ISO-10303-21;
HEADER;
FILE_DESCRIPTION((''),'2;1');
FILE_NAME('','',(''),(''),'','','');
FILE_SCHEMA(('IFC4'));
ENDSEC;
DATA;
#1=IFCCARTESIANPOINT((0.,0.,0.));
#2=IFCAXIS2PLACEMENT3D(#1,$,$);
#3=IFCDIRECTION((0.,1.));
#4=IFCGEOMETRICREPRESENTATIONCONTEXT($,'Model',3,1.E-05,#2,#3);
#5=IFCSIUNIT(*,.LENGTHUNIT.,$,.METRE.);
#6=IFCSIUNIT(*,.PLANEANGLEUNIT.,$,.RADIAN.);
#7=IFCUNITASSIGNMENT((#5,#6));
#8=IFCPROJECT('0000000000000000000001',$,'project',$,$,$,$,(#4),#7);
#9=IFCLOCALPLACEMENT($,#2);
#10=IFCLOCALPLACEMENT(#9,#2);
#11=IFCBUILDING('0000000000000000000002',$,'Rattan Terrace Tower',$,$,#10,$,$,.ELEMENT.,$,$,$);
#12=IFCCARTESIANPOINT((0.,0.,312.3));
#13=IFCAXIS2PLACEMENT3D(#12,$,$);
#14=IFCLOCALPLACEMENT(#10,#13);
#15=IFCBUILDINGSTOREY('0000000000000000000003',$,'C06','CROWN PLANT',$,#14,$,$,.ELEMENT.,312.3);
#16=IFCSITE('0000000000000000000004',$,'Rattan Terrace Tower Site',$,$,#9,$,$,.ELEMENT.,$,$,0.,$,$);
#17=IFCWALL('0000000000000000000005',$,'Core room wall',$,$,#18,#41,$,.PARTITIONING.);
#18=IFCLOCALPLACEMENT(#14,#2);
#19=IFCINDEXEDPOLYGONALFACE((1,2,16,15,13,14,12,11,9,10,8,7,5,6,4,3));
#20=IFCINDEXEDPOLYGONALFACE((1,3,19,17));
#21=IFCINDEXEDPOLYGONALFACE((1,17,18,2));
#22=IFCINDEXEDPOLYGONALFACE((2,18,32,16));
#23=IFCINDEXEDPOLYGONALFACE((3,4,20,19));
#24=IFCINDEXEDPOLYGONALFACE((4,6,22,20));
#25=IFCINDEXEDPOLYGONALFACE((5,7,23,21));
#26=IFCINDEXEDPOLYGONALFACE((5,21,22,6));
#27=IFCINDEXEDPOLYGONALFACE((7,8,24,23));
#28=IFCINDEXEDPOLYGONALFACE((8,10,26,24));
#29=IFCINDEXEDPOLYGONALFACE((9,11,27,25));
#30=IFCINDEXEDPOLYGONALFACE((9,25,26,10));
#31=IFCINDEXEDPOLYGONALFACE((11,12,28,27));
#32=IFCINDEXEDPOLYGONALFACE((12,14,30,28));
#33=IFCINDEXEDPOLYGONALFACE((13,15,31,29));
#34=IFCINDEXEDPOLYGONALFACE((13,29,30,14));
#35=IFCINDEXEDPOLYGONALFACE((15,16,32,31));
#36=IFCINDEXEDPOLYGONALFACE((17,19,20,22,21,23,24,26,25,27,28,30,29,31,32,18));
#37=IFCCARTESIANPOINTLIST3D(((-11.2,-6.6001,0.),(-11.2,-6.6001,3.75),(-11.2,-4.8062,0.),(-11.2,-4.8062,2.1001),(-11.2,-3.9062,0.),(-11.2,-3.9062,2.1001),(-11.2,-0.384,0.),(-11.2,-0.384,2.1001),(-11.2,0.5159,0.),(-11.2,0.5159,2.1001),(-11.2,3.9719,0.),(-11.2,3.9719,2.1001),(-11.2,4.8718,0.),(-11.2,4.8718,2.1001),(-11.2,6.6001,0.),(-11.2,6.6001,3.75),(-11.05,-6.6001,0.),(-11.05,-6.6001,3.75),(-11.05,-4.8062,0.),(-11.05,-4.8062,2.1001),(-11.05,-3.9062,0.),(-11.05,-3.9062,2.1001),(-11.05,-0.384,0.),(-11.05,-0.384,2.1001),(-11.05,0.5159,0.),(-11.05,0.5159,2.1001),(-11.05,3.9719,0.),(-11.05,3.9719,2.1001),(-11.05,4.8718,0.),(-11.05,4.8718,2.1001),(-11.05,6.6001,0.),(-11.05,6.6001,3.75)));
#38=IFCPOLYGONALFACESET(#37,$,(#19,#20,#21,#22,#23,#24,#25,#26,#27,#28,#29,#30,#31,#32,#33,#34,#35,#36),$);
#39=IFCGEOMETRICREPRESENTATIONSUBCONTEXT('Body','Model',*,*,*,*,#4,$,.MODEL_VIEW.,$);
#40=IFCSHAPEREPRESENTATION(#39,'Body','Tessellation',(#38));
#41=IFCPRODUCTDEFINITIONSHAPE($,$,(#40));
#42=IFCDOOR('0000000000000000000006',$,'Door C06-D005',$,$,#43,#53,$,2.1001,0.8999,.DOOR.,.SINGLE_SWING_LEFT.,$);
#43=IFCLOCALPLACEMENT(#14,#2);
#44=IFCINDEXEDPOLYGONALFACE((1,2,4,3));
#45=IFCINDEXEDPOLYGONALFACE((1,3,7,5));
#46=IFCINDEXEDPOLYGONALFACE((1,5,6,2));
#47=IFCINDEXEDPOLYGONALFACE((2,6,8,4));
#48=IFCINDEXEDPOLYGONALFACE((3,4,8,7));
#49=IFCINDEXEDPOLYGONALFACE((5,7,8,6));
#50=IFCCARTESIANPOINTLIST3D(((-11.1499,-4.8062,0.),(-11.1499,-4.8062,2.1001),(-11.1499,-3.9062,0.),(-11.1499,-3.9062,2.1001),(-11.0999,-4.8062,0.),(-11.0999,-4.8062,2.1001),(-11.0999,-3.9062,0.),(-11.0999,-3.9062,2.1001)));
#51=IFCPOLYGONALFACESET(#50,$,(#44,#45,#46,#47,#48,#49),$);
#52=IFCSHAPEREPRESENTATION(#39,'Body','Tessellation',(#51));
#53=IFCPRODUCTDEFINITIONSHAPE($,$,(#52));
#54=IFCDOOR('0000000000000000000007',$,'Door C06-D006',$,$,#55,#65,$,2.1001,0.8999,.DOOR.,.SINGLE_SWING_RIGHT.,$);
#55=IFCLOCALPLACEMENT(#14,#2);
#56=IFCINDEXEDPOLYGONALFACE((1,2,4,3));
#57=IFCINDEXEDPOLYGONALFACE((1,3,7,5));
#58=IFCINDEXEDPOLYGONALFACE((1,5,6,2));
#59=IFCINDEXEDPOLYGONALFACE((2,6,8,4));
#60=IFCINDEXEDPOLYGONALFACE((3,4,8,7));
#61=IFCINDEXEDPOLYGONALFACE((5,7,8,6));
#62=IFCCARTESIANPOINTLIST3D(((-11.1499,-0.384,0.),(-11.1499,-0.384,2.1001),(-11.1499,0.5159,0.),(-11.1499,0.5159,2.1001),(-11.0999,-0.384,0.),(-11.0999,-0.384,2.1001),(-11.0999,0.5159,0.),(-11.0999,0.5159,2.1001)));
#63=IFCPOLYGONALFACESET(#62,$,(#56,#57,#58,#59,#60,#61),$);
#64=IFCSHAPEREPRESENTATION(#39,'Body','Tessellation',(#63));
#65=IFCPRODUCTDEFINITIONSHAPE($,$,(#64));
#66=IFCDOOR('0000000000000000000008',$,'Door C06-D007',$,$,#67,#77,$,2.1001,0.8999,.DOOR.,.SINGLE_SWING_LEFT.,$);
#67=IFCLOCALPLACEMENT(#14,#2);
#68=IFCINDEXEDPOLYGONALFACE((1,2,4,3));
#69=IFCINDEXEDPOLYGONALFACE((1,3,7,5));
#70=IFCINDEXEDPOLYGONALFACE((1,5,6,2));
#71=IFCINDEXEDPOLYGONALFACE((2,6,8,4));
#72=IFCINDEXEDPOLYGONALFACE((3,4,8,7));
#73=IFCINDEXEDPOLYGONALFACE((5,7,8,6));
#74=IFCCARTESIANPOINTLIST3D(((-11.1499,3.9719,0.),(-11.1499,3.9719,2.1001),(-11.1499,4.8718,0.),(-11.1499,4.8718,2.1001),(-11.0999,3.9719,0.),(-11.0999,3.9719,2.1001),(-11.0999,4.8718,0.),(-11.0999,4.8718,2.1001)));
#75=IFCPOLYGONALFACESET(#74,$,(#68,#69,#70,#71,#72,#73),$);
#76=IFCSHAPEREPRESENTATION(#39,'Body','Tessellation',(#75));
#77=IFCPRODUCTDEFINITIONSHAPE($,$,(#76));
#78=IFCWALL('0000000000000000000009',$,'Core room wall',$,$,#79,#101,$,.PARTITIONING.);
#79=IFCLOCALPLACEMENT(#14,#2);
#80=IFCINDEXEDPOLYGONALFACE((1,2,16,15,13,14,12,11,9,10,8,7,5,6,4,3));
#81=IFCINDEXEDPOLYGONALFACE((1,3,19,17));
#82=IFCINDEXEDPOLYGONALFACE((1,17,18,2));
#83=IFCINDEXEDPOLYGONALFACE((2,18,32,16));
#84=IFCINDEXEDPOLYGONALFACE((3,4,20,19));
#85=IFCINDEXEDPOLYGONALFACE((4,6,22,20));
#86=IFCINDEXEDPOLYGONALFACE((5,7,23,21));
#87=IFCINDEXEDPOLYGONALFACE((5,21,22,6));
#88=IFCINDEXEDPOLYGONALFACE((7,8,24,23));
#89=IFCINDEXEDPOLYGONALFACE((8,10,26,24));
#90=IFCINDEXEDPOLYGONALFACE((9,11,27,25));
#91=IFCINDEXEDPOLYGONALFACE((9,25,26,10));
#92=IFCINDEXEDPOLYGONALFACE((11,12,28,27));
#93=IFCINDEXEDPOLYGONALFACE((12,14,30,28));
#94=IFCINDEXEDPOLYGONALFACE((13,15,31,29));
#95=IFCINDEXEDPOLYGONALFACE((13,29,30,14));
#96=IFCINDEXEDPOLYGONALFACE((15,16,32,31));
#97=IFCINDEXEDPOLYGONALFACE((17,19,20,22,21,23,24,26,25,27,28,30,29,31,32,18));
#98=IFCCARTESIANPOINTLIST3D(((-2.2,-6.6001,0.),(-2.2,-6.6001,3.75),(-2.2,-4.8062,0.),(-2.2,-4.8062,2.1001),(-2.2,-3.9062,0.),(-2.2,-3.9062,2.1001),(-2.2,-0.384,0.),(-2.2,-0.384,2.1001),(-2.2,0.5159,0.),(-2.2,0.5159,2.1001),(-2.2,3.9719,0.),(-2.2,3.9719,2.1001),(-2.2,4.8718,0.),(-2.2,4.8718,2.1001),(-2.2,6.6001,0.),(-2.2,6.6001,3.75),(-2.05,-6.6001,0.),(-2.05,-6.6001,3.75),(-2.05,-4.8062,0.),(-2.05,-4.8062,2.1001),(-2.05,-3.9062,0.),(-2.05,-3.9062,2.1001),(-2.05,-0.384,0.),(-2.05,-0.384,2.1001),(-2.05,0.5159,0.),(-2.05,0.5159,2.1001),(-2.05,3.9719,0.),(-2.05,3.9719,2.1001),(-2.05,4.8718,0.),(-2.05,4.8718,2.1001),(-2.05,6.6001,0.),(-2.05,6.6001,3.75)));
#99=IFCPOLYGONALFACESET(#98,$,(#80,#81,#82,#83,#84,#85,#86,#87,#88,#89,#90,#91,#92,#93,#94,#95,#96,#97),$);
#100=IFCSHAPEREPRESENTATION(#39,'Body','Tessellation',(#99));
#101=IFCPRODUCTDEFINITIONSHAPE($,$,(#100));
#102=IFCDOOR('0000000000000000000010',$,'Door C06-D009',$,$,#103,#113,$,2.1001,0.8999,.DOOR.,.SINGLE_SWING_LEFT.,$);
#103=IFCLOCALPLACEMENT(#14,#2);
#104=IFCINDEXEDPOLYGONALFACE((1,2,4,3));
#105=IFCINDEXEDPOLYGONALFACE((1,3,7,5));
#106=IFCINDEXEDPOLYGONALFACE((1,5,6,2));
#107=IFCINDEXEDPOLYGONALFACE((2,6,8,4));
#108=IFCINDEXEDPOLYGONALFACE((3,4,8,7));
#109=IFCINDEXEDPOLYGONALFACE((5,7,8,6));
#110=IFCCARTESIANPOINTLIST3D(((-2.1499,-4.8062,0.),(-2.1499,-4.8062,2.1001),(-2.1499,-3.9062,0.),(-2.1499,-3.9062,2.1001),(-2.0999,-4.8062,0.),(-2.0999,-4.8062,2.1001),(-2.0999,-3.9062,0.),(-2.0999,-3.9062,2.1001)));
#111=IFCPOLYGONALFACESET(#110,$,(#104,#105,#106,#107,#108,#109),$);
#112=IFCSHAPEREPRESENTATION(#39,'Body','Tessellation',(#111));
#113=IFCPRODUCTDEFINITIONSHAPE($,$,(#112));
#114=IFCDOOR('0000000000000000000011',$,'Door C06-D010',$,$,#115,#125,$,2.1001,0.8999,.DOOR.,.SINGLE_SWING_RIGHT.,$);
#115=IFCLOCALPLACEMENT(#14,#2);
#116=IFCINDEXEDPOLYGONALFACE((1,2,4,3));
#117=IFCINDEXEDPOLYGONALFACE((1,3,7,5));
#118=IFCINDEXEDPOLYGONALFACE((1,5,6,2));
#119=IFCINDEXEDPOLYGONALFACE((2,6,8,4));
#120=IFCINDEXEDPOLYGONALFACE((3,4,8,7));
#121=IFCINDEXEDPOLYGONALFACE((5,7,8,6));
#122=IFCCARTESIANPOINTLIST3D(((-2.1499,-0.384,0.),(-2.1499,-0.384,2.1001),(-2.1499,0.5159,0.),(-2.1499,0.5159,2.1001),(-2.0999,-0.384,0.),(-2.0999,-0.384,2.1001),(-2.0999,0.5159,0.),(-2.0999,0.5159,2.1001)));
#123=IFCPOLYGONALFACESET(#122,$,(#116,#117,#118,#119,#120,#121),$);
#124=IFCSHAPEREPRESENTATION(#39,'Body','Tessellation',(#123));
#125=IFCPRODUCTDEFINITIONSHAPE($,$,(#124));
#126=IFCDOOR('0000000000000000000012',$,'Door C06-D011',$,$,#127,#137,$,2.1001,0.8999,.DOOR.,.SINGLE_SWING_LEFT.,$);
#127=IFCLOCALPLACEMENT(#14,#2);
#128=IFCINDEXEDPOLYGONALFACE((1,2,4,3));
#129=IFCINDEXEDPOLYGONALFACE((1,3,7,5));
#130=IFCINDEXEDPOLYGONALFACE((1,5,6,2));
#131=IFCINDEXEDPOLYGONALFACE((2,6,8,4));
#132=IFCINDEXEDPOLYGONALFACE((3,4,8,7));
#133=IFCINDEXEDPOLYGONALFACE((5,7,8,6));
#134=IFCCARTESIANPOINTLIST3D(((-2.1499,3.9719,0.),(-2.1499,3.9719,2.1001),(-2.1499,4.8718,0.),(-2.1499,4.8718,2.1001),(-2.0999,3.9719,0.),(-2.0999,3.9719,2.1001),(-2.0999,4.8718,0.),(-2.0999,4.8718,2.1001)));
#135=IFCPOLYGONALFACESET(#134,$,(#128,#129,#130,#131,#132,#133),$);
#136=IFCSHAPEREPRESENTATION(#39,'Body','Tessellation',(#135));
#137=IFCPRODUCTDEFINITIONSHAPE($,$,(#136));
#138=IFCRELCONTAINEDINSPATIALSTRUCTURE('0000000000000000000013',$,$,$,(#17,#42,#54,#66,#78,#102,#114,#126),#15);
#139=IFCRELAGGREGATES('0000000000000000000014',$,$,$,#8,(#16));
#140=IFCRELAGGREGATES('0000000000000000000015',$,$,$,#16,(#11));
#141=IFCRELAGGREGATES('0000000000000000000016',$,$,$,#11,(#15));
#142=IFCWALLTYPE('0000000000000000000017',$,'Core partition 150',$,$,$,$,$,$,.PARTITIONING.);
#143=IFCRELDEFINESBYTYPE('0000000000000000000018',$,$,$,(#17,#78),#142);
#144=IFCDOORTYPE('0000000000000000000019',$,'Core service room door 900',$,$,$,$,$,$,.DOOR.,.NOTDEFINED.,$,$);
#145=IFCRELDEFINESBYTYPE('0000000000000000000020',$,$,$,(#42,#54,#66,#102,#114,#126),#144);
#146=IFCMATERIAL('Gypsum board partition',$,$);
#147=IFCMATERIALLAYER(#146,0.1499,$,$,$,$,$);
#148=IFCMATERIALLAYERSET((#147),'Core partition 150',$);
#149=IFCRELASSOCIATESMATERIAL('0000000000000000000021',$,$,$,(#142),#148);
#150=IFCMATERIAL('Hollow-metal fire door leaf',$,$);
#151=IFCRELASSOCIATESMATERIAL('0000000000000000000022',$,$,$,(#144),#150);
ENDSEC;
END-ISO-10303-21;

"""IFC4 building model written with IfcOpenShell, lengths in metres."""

from ifc_helpers import new_model, si_unit, direction, frame, frame_2d, origin, place, context, subcontext, project, spatial, rectangle, extrude, material, layer, layer_set, type_object, element, fill, save


model = new_model("IFC4")

# Units and contexts
model_context = context("Model", 3, precision=1e-05, world=origin(), true_north=direction((0.0, 1.0)))
body_context = subcontext(model_context, "Body", "Model", "MODEL_VIEW")
ifc_project = project(units=[si_unit("LENGTHUNIT", "METRE"), si_unit("PLANEANGLEUNIT", "RADIAN")], contexts=[model_context])

# Site, building, storey
site_placement = place(None, origin())
site = spatial("IfcSite", under=ifc_project, at=site_placement, Name="Rattan Terrace Tower Site", CompositionType="ELEMENT", RefElevation=0.0)
building_placement = place(site_placement, origin())
building = spatial("IfcBuilding", under=site, at=building_placement, Name="Rattan Terrace Tower", CompositionType="ELEMENT")
storey_placement = place(building_placement, frame((0.0, 0.0, 312.3)))
storey = spatial("IfcBuildingStorey", under=building, at=storey_placement, Name="C06", Description="CROWN PLANT", CompositionType="ELEMENT", Elevation=312.3)

# Walls, openings, doors
ifc_material_1 = material(Name="Gypsum board partition")
ifc_layer_1 = layer(ifc_material_1, 0.1499)
ifc_layer_set_1 = layer_set([ifc_layer_1], Name="Core partition 150")
wall_type_1 = type_object("IfcWallType", Name="Core partition 150", PredefinedType="PARTITIONING", material=ifc_layer_set_1)
wall_1_placement = place(storey_placement, frame((-11.125, -6.6001, 0.0), z_axis=(0.0, 0.0, 1.0), x_axis=(0.0, 1.0, 0.0)))
wall_1 = element("IfcWall", 1, at=wall_1_placement, inside=storey, type_object=wall_type_1, Name="Core room wall", PredefinedType="PARTITIONING", context=body_context, shape_type="SweptSolid", body=[
    extrude(rectangle(XDim=13.2002, YDim=0.1499, at=frame_2d((6.6001, 0.0))), origin(), (0.0, 0.0, 1.0), 3.75),
])
opening_1_placement = place(wall_1_placement, frame((1.7939, 0.0, 0.0)))
opening_1 = element("IfcOpeningElement", 2, at=opening_1_placement, cuts=wall_1, PredefinedType="OPENING", context=body_context, shape_type="SweptSolid", body=[
    extrude(rectangle(XDim=0.8999, YDim=2.1001, at=frame_2d((0.45, 1.05))), frame((0.0, 0.0854, 0.0), z_axis=(0.0, -1.0, 0.0), x_axis=(1.0, 0.0, 0.0)), (0.0, 0.0, 1.0), 0.1709),
])
opening_2_placement = place(wall_1_placement, frame((6.2161, 0.0, 0.0)))
opening_2 = element("IfcOpeningElement", 3, at=opening_2_placement, cuts=wall_1, PredefinedType="OPENING", context=body_context, shape_type="SweptSolid", body=[
    extrude(rectangle(XDim=0.8999, YDim=2.1001, at=frame_2d((0.45, 1.05))), frame((0.0, 0.0854, 0.0), z_axis=(0.0, -1.0, 0.0), x_axis=(1.0, 0.0, 0.0)), (0.0, 0.0, 1.0), 0.1709),
])
opening_3_placement = place(wall_1_placement, frame((10.572, 0.0, 0.0)))
opening_3 = element("IfcOpeningElement", 4, at=opening_3_placement, cuts=wall_1, PredefinedType="OPENING", context=body_context, shape_type="SweptSolid", body=[
    extrude(rectangle(XDim=0.8999, YDim=2.1001, at=frame_2d((0.45, 1.05))), frame((0.0, 0.0854, 0.0), z_axis=(0.0, -1.0, 0.0), x_axis=(1.0, 0.0, 0.0)), (0.0, 0.0, 1.0), 0.1709),
])
ifc_material_2 = material(Name="Hollow-metal fire door leaf")
door_type_1 = type_object("IfcDoorType", Name="Core service room door 900", OperationType="NOTDEFINED", PredefinedType="DOOR", material=ifc_material_2)
door_1_placement = place(opening_1_placement, origin())
door_1 = element("IfcDoor", 5, at=door_1_placement, inside=storey, type_object=door_type_1, Name="Door C06-D005", OperationType="SINGLE_SWING_LEFT", OverallHeight=2.1001, OverallWidth=0.8999, PredefinedType="DOOR", context=body_context, shape_type="SweptSolid", body=[
    extrude(rectangle(XDim=0.8999, YDim=2.1001, at=frame_2d((0.45, 1.05))), frame((0.0, 0.0249, 0.0), z_axis=(0.0, -1.0, 0.0), x_axis=(1.0, 0.0, 0.0)), (0.0, 0.0, 1.0), 0.05),
])
fill(opening_1, door_1)
door_2_placement = place(opening_2_placement, origin())
door_2 = element("IfcDoor", 6, at=door_2_placement, inside=storey, type_object=door_type_1, Name="Door C06-D006", OperationType="SINGLE_SWING_RIGHT", OverallHeight=2.1001, OverallWidth=0.8999, PredefinedType="DOOR", context=body_context, shape_type="SweptSolid", body=[
    extrude(rectangle(XDim=0.8999, YDim=2.1001, at=frame_2d((0.45, 1.05))), frame((0.0, 0.0249, 0.0), z_axis=(0.0, -1.0, 0.0), x_axis=(1.0, 0.0, 0.0)), (0.0, 0.0, 1.0), 0.05),
])
fill(opening_2, door_2)
door_3_placement = place(opening_3_placement, origin())
door_3 = element("IfcDoor", 7, at=door_3_placement, inside=storey, type_object=door_type_1, Name="Door C06-D007", OperationType="SINGLE_SWING_LEFT", OverallHeight=2.1001, OverallWidth=0.8999, PredefinedType="DOOR", context=body_context, shape_type="SweptSolid", body=[
    extrude(rectangle(XDim=0.8999, YDim=2.1001, at=frame_2d((0.45, 1.05))), frame((0.0, 0.0249, 0.0), z_axis=(0.0, -1.0, 0.0), x_axis=(1.0, 0.0, 0.0)), (0.0, 0.0, 1.0), 0.05),
])
fill(opening_3, door_3)
wall_2_placement = place(storey_placement, frame((-2.125, -6.6001, 0.0), z_axis=(0.0, 0.0, 1.0), x_axis=(0.0, 1.0, 0.0)))
wall_2 = element("IfcWall", 8, at=wall_2_placement, inside=storey, type_object=wall_type_1, Name="Core room wall", PredefinedType="PARTITIONING", context=body_context, shape_type="SweptSolid", body=[
    extrude(rectangle(XDim=13.2002, YDim=0.1499, at=frame_2d((6.6001, 0.0))), origin(), (0.0, 0.0, 1.0), 3.75),
])
opening_4_placement = place(wall_2_placement, frame((1.7939, 0.0, 0.0)))
opening_4 = element("IfcOpeningElement", 9, at=opening_4_placement, cuts=wall_2, PredefinedType="OPENING", context=body_context, shape_type="SweptSolid", body=[
    extrude(rectangle(XDim=0.8999, YDim=2.1001, at=frame_2d((0.45, 1.05))), frame((0.0, 0.0854, 0.0), z_axis=(0.0, -1.0, 0.0), x_axis=(1.0, 0.0, 0.0)), (0.0, 0.0, 1.0), 0.1709),
])
opening_5_placement = place(wall_2_placement, frame((6.2161, 0.0, 0.0)))
opening_5 = element("IfcOpeningElement", 10, at=opening_5_placement, cuts=wall_2, PredefinedType="OPENING", context=body_context, shape_type="SweptSolid", body=[
    extrude(rectangle(XDim=0.8999, YDim=2.1001, at=frame_2d((0.45, 1.05))), frame((0.0, 0.0854, 0.0), z_axis=(0.0, -1.0, 0.0), x_axis=(1.0, 0.0, 0.0)), (0.0, 0.0, 1.0), 0.1709),
])
opening_6_placement = place(wall_2_placement, frame((10.572, 0.0, 0.0)))
opening_6 = element("IfcOpeningElement", 11, at=opening_6_placement, cuts=wall_2, PredefinedType="OPENING", context=body_context, shape_type="SweptSolid", body=[
    extrude(rectangle(XDim=0.8999, YDim=2.1001, at=frame_2d((0.45, 1.05))), frame((0.0, 0.0854, 0.0), z_axis=(0.0, -1.0, 0.0), x_axis=(1.0, 0.0, 0.0)), (0.0, 0.0, 1.0), 0.1709),
])
door_4_placement = place(opening_4_placement, origin())
door_4 = element("IfcDoor", 12, at=door_4_placement, inside=storey, type_object=door_type_1, Name="Door C06-D009", OperationType="SINGLE_SWING_LEFT", OverallHeight=2.1001, OverallWidth=0.8999, PredefinedType="DOOR", context=body_context, shape_type="SweptSolid", body=[
    extrude(rectangle(XDim=0.8999, YDim=2.1001, at=frame_2d((0.45, 1.05))), frame((0.0, 0.0249, 0.0), z_axis=(0.0, -1.0, 0.0), x_axis=(1.0, 0.0, 0.0)), (0.0, 0.0, 1.0), 0.05),
])
fill(opening_4, door_4)
door_5_placement = place(opening_5_placement, origin())
door_5 = element("IfcDoor", 13, at=door_5_placement, inside=storey, type_object=door_type_1, Name="Door C06-D010", OperationType="SINGLE_SWING_RIGHT", OverallHeight=2.1001, OverallWidth=0.8999, PredefinedType="DOOR", context=body_context, shape_type="SweptSolid", body=[
    extrude(rectangle(XDim=0.8999, YDim=2.1001, at=frame_2d((0.45, 1.05))), frame((0.0, 0.0249, 0.0), z_axis=(0.0, -1.0, 0.0), x_axis=(1.0, 0.0, 0.0)), (0.0, 0.0, 1.0), 0.05),
])
fill(opening_5, door_5)
door_6_placement = place(opening_6_placement, origin())
door_6 = element("IfcDoor", 14, at=door_6_placement, inside=storey, type_object=door_type_1, Name="Door C06-D011", OperationType="SINGLE_SWING_LEFT", OverallHeight=2.1001, OverallWidth=0.8999, PredefinedType="DOOR", context=body_context, shape_type="SweptSolid", body=[
    extrude(rectangle(XDim=0.8999, YDim=2.1001, at=frame_2d((0.45, 1.05))), frame((0.0, 0.0249, 0.0), z_axis=(0.0, -1.0, 0.0), x_axis=(1.0, 0.0, 0.0)), (0.0, 0.0, 1.0), 0.05),
])
fill(opening_6, door_6)

save(model, "model.ifc")
